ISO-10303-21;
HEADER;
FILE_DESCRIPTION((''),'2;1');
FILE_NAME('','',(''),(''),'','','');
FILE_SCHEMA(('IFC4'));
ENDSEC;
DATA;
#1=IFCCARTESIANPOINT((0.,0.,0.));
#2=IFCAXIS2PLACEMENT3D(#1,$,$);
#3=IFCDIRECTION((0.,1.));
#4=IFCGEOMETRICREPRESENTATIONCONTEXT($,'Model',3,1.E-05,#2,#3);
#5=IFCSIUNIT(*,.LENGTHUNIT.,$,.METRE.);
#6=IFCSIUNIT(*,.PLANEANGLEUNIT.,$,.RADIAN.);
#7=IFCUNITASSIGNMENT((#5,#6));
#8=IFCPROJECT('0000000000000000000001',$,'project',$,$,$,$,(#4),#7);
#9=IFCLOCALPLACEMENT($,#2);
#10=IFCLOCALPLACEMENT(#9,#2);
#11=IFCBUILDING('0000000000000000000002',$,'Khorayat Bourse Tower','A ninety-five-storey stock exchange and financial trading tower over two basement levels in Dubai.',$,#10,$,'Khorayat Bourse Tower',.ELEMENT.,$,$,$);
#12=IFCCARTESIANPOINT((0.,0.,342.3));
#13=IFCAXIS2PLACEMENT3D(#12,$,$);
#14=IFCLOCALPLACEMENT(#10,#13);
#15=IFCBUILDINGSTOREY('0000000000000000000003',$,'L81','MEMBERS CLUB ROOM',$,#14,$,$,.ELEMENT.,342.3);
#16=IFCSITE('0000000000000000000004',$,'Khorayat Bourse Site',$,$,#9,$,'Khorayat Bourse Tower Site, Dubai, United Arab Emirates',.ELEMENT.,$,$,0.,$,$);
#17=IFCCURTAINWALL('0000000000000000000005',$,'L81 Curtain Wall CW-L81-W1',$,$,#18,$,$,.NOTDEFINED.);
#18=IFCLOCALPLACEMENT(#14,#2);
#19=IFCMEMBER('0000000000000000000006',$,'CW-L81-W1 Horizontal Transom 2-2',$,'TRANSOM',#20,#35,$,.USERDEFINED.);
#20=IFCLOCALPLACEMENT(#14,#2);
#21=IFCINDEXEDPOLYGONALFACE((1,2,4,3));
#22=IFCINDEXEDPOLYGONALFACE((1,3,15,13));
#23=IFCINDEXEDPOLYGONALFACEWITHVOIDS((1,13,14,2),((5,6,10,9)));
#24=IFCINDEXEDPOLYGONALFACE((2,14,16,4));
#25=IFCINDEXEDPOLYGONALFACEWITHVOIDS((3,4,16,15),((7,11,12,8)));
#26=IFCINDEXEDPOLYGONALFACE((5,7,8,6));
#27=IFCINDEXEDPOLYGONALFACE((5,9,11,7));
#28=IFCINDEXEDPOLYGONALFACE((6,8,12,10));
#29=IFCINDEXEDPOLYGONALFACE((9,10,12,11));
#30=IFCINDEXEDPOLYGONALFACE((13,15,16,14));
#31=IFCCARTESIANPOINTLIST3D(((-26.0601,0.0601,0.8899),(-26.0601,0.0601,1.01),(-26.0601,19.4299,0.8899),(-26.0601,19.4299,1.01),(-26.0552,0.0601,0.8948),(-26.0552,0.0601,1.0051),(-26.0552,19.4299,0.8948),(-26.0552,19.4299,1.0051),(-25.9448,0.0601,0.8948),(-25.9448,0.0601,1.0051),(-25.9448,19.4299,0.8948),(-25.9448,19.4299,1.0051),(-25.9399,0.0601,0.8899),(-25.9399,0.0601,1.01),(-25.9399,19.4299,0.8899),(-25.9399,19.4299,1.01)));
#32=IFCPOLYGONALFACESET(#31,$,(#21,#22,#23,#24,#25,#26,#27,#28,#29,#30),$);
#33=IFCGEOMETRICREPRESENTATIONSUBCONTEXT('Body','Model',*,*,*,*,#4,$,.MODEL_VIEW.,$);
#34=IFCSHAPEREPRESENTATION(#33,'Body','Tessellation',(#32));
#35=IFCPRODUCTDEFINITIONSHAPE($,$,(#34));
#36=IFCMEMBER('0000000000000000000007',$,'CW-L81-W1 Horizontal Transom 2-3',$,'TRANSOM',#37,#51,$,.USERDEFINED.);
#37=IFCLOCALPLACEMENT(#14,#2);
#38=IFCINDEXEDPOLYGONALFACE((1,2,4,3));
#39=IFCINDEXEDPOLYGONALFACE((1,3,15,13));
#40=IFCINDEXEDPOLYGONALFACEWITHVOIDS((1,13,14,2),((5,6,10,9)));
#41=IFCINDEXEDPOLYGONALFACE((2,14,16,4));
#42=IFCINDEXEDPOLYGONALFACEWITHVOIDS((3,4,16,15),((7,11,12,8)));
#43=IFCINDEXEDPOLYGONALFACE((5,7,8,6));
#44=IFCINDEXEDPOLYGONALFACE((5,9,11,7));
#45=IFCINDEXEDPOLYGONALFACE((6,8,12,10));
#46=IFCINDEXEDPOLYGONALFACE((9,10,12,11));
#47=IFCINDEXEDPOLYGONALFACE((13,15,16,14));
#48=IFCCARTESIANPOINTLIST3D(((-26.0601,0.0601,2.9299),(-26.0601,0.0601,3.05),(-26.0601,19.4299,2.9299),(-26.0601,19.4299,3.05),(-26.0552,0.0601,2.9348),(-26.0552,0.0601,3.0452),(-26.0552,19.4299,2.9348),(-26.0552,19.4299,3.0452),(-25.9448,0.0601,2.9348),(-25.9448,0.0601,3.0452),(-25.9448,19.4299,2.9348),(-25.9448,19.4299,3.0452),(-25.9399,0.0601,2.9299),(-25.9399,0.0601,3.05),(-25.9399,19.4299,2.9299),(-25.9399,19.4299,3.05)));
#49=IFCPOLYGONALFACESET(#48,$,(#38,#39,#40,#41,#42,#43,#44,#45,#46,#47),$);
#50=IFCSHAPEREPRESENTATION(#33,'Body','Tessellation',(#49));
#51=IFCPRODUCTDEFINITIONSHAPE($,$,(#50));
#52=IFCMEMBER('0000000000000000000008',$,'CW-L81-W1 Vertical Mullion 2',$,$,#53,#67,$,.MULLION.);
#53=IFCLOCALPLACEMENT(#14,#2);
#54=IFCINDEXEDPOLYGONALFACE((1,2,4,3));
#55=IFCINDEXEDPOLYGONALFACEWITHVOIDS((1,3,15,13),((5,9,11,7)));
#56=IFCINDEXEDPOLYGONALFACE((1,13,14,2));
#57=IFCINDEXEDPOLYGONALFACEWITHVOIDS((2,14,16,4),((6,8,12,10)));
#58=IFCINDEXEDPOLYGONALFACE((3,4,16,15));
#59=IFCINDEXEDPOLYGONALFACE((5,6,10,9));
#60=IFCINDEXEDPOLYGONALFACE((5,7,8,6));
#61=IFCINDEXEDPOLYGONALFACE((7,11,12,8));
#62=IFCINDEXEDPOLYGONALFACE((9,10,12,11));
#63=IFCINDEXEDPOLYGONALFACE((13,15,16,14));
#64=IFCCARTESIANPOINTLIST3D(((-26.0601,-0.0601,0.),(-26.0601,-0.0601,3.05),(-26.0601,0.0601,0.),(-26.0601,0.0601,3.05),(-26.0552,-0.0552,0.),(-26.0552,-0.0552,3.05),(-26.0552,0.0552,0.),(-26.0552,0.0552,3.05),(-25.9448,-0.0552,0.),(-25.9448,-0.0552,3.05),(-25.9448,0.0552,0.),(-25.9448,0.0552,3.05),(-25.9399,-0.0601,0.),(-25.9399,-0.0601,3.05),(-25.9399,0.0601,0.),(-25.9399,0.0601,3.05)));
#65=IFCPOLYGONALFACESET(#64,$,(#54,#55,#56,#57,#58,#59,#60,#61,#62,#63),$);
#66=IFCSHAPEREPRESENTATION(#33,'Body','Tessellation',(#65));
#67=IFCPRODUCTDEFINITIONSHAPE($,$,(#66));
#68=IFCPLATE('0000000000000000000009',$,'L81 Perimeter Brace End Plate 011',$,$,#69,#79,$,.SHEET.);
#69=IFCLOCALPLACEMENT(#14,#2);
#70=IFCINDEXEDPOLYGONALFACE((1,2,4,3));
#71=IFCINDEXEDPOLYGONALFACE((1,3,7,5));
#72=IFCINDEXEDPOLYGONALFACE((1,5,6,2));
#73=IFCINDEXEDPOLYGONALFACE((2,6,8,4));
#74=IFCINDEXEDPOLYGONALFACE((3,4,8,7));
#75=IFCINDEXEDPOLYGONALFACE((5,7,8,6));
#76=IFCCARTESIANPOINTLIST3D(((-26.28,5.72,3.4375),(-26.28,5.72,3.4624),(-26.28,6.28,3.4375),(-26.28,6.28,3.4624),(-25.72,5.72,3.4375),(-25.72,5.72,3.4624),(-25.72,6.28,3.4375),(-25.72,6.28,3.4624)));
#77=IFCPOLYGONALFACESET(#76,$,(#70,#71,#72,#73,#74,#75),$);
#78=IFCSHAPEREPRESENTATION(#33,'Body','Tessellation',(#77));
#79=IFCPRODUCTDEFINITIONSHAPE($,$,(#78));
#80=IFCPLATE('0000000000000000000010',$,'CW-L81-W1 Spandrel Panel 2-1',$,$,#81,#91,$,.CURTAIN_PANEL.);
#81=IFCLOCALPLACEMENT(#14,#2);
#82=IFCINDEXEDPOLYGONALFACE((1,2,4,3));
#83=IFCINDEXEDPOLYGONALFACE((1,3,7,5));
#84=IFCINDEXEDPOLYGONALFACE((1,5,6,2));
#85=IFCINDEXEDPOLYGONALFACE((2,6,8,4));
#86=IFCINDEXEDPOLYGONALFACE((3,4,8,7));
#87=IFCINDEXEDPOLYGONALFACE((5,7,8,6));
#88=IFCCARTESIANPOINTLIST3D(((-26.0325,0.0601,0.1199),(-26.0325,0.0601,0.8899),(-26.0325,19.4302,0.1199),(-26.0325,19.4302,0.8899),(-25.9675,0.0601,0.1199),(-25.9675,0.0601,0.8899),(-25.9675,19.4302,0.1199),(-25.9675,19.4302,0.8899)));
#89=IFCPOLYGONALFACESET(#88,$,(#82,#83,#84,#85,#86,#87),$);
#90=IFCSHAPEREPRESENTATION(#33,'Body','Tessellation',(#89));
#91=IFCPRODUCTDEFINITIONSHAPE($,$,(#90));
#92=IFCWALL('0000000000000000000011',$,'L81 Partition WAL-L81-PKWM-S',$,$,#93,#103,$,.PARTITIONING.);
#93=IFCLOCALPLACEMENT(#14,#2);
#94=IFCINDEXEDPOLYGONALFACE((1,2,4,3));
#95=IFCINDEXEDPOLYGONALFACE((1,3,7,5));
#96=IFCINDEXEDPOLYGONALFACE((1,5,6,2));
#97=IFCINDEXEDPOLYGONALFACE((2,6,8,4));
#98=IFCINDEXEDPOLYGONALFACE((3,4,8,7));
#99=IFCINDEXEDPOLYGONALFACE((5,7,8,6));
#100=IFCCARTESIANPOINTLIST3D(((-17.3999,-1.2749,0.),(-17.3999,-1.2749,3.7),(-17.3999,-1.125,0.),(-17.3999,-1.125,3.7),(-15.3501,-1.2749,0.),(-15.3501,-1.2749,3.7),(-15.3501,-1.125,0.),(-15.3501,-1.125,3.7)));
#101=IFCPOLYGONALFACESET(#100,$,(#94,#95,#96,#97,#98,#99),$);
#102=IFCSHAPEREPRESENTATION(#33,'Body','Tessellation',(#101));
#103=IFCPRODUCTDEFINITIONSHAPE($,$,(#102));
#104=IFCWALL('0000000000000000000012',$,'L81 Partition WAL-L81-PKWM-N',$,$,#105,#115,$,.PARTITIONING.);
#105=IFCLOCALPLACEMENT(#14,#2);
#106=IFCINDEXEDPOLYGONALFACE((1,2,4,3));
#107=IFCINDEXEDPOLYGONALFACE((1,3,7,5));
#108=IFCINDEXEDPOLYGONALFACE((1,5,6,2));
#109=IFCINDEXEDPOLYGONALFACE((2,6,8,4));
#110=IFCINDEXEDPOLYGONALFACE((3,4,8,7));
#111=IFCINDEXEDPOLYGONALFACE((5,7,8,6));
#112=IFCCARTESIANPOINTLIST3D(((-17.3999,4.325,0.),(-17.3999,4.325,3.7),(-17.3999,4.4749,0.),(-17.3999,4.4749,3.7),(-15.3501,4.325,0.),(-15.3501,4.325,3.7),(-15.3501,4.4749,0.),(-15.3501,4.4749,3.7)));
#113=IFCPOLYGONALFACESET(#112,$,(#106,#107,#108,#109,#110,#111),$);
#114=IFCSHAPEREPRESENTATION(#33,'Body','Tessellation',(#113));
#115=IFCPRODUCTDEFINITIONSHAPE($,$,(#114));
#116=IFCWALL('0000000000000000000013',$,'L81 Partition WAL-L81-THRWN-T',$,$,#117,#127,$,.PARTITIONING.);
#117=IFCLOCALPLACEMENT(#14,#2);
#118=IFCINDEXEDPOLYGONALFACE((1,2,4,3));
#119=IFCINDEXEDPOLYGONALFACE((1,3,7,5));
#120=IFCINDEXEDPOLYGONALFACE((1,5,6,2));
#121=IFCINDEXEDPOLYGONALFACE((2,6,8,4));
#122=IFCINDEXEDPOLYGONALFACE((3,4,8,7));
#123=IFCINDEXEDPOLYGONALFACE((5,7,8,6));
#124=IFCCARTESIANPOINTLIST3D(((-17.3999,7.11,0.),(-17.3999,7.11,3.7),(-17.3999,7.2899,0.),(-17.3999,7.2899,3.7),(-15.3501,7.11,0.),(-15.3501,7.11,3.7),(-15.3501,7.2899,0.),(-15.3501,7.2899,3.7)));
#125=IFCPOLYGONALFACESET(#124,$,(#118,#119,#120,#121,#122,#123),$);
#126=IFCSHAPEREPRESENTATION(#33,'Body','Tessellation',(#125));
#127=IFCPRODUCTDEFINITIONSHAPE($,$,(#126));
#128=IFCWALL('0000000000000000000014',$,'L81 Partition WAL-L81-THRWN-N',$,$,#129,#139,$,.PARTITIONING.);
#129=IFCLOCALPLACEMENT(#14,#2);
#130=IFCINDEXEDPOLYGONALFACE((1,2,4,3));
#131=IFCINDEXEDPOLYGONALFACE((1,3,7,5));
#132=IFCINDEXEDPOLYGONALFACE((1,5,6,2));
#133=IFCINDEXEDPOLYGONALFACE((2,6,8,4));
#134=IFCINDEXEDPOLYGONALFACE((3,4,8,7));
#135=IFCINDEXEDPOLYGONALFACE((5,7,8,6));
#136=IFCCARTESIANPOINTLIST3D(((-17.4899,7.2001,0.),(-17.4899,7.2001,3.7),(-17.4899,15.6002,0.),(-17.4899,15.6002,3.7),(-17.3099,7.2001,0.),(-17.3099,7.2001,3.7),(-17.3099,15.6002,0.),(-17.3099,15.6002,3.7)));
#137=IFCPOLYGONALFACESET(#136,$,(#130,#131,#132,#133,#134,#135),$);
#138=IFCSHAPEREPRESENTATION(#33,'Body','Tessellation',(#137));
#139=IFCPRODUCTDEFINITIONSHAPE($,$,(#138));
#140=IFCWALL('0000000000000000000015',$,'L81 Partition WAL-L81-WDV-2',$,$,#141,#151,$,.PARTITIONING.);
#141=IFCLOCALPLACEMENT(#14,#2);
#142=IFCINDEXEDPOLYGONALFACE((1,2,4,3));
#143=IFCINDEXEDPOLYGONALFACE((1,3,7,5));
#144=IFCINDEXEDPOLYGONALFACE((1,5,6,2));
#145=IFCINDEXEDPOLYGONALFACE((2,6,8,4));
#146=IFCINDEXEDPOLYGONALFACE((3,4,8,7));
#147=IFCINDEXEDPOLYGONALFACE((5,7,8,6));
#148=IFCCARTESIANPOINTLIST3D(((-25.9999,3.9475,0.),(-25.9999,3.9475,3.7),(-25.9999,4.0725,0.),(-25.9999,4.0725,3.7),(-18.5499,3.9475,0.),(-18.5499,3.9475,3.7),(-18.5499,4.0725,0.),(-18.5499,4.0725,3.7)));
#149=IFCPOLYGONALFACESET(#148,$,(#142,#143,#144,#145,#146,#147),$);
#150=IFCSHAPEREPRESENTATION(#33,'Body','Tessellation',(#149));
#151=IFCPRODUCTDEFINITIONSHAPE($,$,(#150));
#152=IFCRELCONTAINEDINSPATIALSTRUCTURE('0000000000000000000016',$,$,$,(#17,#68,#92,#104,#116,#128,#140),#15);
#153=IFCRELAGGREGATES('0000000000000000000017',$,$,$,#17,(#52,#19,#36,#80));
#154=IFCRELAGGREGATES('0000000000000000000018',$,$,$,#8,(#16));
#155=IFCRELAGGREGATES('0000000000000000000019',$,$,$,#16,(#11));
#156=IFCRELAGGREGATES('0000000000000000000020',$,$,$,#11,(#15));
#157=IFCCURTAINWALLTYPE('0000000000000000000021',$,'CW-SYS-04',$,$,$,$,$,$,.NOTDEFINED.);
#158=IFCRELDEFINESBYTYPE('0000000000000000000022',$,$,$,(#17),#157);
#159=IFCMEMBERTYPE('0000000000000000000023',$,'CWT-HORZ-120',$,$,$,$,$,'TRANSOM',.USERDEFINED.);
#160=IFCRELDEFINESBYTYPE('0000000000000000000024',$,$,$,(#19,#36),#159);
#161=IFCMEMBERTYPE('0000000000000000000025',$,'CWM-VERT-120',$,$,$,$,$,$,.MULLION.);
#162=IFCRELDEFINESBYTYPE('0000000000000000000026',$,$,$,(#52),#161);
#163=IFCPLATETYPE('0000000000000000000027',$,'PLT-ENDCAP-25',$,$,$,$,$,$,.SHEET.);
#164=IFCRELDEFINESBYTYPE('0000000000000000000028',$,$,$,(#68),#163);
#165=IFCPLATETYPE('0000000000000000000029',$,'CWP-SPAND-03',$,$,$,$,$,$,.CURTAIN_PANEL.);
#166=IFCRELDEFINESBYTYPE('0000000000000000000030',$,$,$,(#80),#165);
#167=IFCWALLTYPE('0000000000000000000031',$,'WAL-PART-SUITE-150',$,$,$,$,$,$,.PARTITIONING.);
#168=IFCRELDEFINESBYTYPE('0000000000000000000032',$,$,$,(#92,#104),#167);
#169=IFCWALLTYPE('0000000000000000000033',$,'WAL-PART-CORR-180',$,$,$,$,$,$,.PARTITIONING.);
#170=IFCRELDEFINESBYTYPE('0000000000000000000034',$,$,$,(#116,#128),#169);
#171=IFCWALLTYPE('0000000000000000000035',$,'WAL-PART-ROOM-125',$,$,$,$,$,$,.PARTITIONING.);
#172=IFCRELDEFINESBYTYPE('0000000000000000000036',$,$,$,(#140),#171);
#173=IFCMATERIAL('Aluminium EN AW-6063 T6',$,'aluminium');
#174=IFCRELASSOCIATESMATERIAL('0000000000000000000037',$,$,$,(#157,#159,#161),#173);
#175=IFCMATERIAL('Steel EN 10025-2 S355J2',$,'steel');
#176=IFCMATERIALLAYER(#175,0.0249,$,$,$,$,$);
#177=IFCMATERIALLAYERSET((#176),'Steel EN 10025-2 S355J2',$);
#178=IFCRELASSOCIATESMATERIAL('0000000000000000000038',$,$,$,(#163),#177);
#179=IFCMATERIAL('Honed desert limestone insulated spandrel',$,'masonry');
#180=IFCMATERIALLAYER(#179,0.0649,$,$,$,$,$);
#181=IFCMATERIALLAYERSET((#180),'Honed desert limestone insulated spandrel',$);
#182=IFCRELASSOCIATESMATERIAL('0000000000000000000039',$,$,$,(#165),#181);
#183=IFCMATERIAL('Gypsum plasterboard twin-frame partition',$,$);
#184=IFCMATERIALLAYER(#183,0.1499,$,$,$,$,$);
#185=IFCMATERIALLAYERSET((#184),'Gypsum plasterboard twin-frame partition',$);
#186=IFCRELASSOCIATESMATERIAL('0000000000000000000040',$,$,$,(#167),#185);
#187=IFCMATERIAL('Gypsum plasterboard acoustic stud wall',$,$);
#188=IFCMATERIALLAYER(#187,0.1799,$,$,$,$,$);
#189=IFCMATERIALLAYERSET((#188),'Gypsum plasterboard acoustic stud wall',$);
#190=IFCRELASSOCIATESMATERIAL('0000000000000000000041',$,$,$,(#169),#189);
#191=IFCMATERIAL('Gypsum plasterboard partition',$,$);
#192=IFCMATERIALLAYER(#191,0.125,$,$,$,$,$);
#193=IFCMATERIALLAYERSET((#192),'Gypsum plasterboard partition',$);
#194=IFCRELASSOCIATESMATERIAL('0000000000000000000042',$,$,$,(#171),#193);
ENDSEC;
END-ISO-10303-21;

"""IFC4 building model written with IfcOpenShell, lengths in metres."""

from ifc_helpers import new_model, si_unit, direction, frame, frame_2d, origin, origin_2d, place, context, subcontext, project, spatial, rectangle, hollow_rectangle, extrude, source, transform, mapped, material, layer, layer_set, material_profile, profile_set, type_object, element, aggregate, save


model = new_model("IFC4")

# Units and contexts
model_context = context("Model", 3, precision=1e-05, world=origin(), true_north=direction((0.0, 1.0)))
body_context = subcontext(model_context, "Body", "Model", "MODEL_VIEW")
ifc_project = project(units=[si_unit("LENGTHUNIT", "METRE"), si_unit("PLANEANGLEUNIT", "RADIAN")], contexts=[model_context])

# Site, building, storey
site_placement = place(None, origin())
site = spatial("IfcSite", under=ifc_project, at=site_placement, Name="Khorayat Bourse Site", LongName="Khorayat Bourse Tower Site, Dubai, United Arab Emirates", CompositionType="ELEMENT", RefElevation=0.0)
building_placement = place(site_placement, origin())
building = spatial("IfcBuilding", under=site, at=building_placement, Name="Khorayat Bourse Tower", Description="A ninety-five-storey stock exchange and financial trading tower over two basement levels in Dubai.", LongName="Khorayat Bourse Tower", CompositionType="ELEMENT")
storey_placement = place(building_placement, frame((0.0, 0.0, 342.3)))
storey = spatial("IfcBuildingStorey", under=building, at=storey_placement, Name="L81", Description="MEMBERS CLUB ROOM", CompositionType="ELEMENT", Elevation=342.3)

# Shared definitions
ifc_material_1 = material(Name="Steel EN 10025-2 S355J2", Category="steel")

# Curtain wall, members
ifc_material_2 = material(Name="Aluminium EN AW-6063 T6", Category="aluminium")
curtain_wall_type = type_object("IfcCurtainWallType", Name="CW-SYS-04", PredefinedType="NOTDEFINED", material=ifc_material_2)
curtain_wall_placement = place(storey_placement, origin())
curtain_wall = element("IfcCurtainWall", 1, at=curtain_wall_placement, inside=storey, type_object=curtain_wall_type, Name="L81 Curtain Wall CW-L81-W1", PredefinedType="NOTDEFINED")
ifc_material_profile_1 = material_profile(ifc_material_2, hollow_rectangle(XDim=0.1201, YDim=0.1201, WallThickness=0.0049, at=origin_2d()), Name="ALU 120x120x5")
ifc_profile_set_1 = profile_set([ifc_material_profile_1], Name="Aluminium EN AW-6063 T6")
member_type_1 = type_object("IfcMemberType", Name="CWT-HORZ-120", ElementType="TRANSOM", PredefinedType="USERDEFINED", material=ifc_profile_set_1)
shared_shape_1 = source(origin(), body_context, "Body", "SweptSolid", [
    extrude(hollow_rectangle(XDim=0.1201, YDim=0.1201, WallThickness=0.0049, at=origin_2d()), origin(), (0.0, 0.0, 1.0), 19.3699),
])
member_1_placement = place(storey_placement, frame((-26.0, 0.0601, 0.95), z_axis=(0.0, 1.0, 0.0), x_axis=(-1.0, 0.0, 0.0)))
member_1 = element("IfcMember", 2, at=member_1_placement, type_object=member_type_1, Name="CW-L81-W1 Horizontal Transom 2-2", ObjectType="TRANSOM", PredefinedType="USERDEFINED", context=body_context, shape_type="MappedRepresentation", body=[
    mapped(shared_shape_1, transform((0.0, 0.0, 0.0), scale=1.0)),
])
member_2_placement = place(storey_placement, frame((-26.0, 0.0601, 2.99), z_axis=(0.0, 1.0, 0.0), x_axis=(-1.0, 0.0, 0.0)))
member_2 = element("IfcMember", 3, at=member_2_placement, type_object=member_type_1, Name="CW-L81-W1 Horizontal Transom 2-3", ObjectType="TRANSOM", PredefinedType="USERDEFINED", context=body_context, shape_type="MappedRepresentation", body=[
    mapped(shared_shape_1, transform((0.0, 0.0, 0.0), scale=1.0)),
])
ifc_material_profile_2 = material_profile(ifc_material_2, hollow_rectangle(XDim=0.1201, YDim=0.1201, WallThickness=0.0049, at=origin_2d()), Name="ALU 120x120x5")
ifc_profile_set_2 = profile_set([ifc_material_profile_2], Name="Aluminium EN AW-6063 T6")
member_type_2 = type_object("IfcMemberType", Name="CWM-VERT-120", PredefinedType="MULLION", material=ifc_profile_set_2)
shared_shape_2 = source(origin(), body_context, "Body", "SweptSolid", [
    extrude(hollow_rectangle(XDim=0.1201, YDim=0.1201, WallThickness=0.0049, at=origin_2d()), origin(), (0.0, 0.0, 1.0), 3.05),
])
member_3_placement = place(storey_placement, frame((-26.0, 0.0, 0.0), z_axis=(0.0, 0.0, 1.0), x_axis=(-1.0, 0.0, 0.0)))
member_3 = element("IfcMember", 4, at=member_3_placement, type_object=member_type_2, Name="CW-L81-W1 Vertical Mullion 2", PredefinedType="MULLION", context=body_context, shape_type="MappedRepresentation", body=[
    mapped(shared_shape_2, transform((0.0, 0.0, 0.0), scale=1.0)),
])

# Plates
ifc_layer_1 = layer(ifc_material_1, 0.0249)
ifc_layer_set_1 = layer_set([ifc_layer_1], Name="Steel EN 10025-2 S355J2")
plate_type_1 = type_object("IfcPlateType", Name="PLT-ENDCAP-25", PredefinedType="SHEET", material=ifc_layer_set_1)
shared_shape_3 = source(origin(), body_context, "Body", "SweptSolid", [
    extrude(rectangle(XDim=0.5601, YDim=0.5601, at=origin_2d()), origin(), (0.0, 0.0, 1.0), 0.0249),
])
plate_1_placement = place(storey_placement, frame((-26.0, 6.0, 3.4375), z_axis=(0.0, 0.0, 1.0), x_axis=(1.0, 0.0, 0.0)))
element("IfcPlate", 5, at=plate_1_placement, inside=storey, type_object=plate_type_1, Name="L81 Perimeter Brace End Plate 011", PredefinedType="SHEET", context=body_context, shape_type="MappedRepresentation", body=[
    mapped(shared_shape_3, transform((0.0, 0.0, 0.0), scale=1.0)),
])
ifc_material_3 = material(Name="Honed desert limestone insulated spandrel", Category="masonry")
ifc_layer_2 = layer(ifc_material_3, 0.0649)
ifc_layer_set_2 = layer_set([ifc_layer_2], Name="Honed desert limestone insulated spandrel")
plate_type_2 = type_object("IfcPlateType", Name="CWP-SPAND-03", PredefinedType="CURTAIN_PANEL", material=ifc_layer_set_2)
shared_shape_4 = source(origin(), body_context, "Body", "SweptSolid", [
    extrude(rectangle(XDim=19.3701, YDim=0.0649, at=origin_2d()), origin(), (0.0, 0.0, 1.0), 0.77),
])
plate_2_placement = place(storey_placement, frame((-26.0, 9.7451, 0.1199), z_axis=(0.0, 0.0, 1.0), x_axis=(0.0, 1.0, 0.0)))
plate_2 = element("IfcPlate", 6, at=plate_2_placement, type_object=plate_type_2, Name="CW-L81-W1 Spandrel Panel 2-1", PredefinedType="CURTAIN_PANEL", context=body_context, shape_type="MappedRepresentation", body=[
    mapped(shared_shape_4, transform((0.0, 0.0, 0.0), scale=1.0)),
])
aggregate(curtain_wall, [member_3, member_1, member_2, plate_2])

# Walls
ifc_material_4 = material(Name="Gypsum plasterboard twin-frame partition")
ifc_layer_3 = layer(ifc_material_4, 0.1499)
ifc_layer_set_3 = layer_set([ifc_layer_3], Name="Gypsum plasterboard twin-frame partition")
wall_type_1 = type_object("IfcWallType", Name="WAL-PART-SUITE-150", PredefinedType="PARTITIONING", material=ifc_layer_set_3)
shared_shape_5 = source(origin(), body_context, "Body", "SweptSolid", [
    extrude(rectangle(XDim=2.0498, YDim=0.1499, at=frame_2d((1.0249, 0.0))), origin(), (0.0, 0.0, 1.0), 3.7),
])
for number, where, z_axis, x_axis, name in (
    (7, (-17.3999, -1.2, 0.0), (0.0, 0.0, 1.0), (1.0, 0.0, 0.0), "L81 Partition WAL-L81-PKWM-S"),
    (8, (-17.3999, 4.3999, 0.0), (0.0, 0.0, 1.0), (1.0, 0.0, 0.0), "L81 Partition WAL-L81-PKWM-N"),
):
    element("IfcWall", number, at=place(storey_placement, frame(where, z_axis=z_axis, x_axis=x_axis)), inside=storey, type_object=wall_type_1, Name=name, PredefinedType="PARTITIONING", context=body_context, shape_type="MappedRepresentation", body=[
        mapped(shared_shape_5, transform((0.0, 0.0, 0.0), scale=1.0)),
    ])
ifc_material_5 = material(Name="Gypsum plasterboard acoustic stud wall")
ifc_layer_4 = layer(ifc_material_5, 0.1799)
ifc_layer_set_4 = layer_set([ifc_layer_4], Name="Gypsum plasterboard acoustic stud wall")
wall_type_2 = type_object("IfcWallType", Name="WAL-PART-CORR-180", PredefinedType="PARTITIONING", material=ifc_layer_set_4)
shared_shape_6 = source(origin(), body_context, "Body", "SweptSolid", [
    extrude(rectangle(XDim=2.0498, YDim=0.1799, at=frame_2d((1.0249, 0.0))), origin(), (0.0, 0.0, 1.0), 3.7),
])
wall_1_placement = place(storey_placement, frame((-17.3999, 7.2, 0.0), z_axis=(0.0, 0.0, 1.0), x_axis=(1.0, 0.0, 0.0)))
element("IfcWall", 9, at=wall_1_placement, inside=storey, type_object=wall_type_2, Name="L81 Partition WAL-L81-THRWN-T", PredefinedType="PARTITIONING", context=body_context, shape_type="MappedRepresentation", body=[
    mapped(shared_shape_6, transform((0.0, 0.0, 0.0), scale=1.0)),
])
shared_shape_7 = source(origin(), body_context, "Body", "SweptSolid", [
    extrude(rectangle(XDim=8.4001, YDim=0.1799, at=frame_2d((4.2002, 0.0))), origin(), (0.0, 0.0, 1.0), 3.7),
])
wall_2_placement = place(storey_placement, frame((-17.3999, 7.2, 0.0), z_axis=(0.0, 0.0, 1.0), x_axis=(0.0, 1.0, 0.0)))
element("IfcWall", 10, at=wall_2_placement, inside=storey, type_object=wall_type_2, Name="L81 Partition WAL-L81-THRWN-N", PredefinedType="PARTITIONING", context=body_context, shape_type="MappedRepresentation", body=[
    mapped(shared_shape_7, transform((0.0, 0.0, 0.0), scale=1.0)),
])
ifc_material_6 = material(Name="Gypsum plasterboard partition")
ifc_layer_5 = layer(ifc_material_6, 0.125)
ifc_layer_set_5 = layer_set([ifc_layer_5], Name="Gypsum plasterboard partition")
wall_type_3 = type_object("IfcWallType", Name="WAL-PART-ROOM-125", PredefinedType="PARTITIONING", material=ifc_layer_set_5)
shared_shape_8 = source(origin(), body_context, "Body", "SweptSolid", [
    extrude(rectangle(XDim=7.45, YDim=0.125, at=frame_2d((3.7251, 0.0))), origin(), (0.0, 0.0, 1.0), 3.7),
])
wall_3_placement = place(storey_placement, frame((-26.0, 4.01, 0.0), z_axis=(0.0, 0.0, 1.0), x_axis=(1.0, 0.0, 0.0)))
element("IfcWall", 11, at=wall_3_placement, inside=storey, type_object=wall_type_3, Name="L81 Partition WAL-L81-WDV-2", PredefinedType="PARTITIONING", context=body_context, shape_type="MappedRepresentation", body=[
    mapped(shared_shape_8, transform((0.0, 0.0, 0.0), scale=1.0)),
])

save(model, "model.ifc")
